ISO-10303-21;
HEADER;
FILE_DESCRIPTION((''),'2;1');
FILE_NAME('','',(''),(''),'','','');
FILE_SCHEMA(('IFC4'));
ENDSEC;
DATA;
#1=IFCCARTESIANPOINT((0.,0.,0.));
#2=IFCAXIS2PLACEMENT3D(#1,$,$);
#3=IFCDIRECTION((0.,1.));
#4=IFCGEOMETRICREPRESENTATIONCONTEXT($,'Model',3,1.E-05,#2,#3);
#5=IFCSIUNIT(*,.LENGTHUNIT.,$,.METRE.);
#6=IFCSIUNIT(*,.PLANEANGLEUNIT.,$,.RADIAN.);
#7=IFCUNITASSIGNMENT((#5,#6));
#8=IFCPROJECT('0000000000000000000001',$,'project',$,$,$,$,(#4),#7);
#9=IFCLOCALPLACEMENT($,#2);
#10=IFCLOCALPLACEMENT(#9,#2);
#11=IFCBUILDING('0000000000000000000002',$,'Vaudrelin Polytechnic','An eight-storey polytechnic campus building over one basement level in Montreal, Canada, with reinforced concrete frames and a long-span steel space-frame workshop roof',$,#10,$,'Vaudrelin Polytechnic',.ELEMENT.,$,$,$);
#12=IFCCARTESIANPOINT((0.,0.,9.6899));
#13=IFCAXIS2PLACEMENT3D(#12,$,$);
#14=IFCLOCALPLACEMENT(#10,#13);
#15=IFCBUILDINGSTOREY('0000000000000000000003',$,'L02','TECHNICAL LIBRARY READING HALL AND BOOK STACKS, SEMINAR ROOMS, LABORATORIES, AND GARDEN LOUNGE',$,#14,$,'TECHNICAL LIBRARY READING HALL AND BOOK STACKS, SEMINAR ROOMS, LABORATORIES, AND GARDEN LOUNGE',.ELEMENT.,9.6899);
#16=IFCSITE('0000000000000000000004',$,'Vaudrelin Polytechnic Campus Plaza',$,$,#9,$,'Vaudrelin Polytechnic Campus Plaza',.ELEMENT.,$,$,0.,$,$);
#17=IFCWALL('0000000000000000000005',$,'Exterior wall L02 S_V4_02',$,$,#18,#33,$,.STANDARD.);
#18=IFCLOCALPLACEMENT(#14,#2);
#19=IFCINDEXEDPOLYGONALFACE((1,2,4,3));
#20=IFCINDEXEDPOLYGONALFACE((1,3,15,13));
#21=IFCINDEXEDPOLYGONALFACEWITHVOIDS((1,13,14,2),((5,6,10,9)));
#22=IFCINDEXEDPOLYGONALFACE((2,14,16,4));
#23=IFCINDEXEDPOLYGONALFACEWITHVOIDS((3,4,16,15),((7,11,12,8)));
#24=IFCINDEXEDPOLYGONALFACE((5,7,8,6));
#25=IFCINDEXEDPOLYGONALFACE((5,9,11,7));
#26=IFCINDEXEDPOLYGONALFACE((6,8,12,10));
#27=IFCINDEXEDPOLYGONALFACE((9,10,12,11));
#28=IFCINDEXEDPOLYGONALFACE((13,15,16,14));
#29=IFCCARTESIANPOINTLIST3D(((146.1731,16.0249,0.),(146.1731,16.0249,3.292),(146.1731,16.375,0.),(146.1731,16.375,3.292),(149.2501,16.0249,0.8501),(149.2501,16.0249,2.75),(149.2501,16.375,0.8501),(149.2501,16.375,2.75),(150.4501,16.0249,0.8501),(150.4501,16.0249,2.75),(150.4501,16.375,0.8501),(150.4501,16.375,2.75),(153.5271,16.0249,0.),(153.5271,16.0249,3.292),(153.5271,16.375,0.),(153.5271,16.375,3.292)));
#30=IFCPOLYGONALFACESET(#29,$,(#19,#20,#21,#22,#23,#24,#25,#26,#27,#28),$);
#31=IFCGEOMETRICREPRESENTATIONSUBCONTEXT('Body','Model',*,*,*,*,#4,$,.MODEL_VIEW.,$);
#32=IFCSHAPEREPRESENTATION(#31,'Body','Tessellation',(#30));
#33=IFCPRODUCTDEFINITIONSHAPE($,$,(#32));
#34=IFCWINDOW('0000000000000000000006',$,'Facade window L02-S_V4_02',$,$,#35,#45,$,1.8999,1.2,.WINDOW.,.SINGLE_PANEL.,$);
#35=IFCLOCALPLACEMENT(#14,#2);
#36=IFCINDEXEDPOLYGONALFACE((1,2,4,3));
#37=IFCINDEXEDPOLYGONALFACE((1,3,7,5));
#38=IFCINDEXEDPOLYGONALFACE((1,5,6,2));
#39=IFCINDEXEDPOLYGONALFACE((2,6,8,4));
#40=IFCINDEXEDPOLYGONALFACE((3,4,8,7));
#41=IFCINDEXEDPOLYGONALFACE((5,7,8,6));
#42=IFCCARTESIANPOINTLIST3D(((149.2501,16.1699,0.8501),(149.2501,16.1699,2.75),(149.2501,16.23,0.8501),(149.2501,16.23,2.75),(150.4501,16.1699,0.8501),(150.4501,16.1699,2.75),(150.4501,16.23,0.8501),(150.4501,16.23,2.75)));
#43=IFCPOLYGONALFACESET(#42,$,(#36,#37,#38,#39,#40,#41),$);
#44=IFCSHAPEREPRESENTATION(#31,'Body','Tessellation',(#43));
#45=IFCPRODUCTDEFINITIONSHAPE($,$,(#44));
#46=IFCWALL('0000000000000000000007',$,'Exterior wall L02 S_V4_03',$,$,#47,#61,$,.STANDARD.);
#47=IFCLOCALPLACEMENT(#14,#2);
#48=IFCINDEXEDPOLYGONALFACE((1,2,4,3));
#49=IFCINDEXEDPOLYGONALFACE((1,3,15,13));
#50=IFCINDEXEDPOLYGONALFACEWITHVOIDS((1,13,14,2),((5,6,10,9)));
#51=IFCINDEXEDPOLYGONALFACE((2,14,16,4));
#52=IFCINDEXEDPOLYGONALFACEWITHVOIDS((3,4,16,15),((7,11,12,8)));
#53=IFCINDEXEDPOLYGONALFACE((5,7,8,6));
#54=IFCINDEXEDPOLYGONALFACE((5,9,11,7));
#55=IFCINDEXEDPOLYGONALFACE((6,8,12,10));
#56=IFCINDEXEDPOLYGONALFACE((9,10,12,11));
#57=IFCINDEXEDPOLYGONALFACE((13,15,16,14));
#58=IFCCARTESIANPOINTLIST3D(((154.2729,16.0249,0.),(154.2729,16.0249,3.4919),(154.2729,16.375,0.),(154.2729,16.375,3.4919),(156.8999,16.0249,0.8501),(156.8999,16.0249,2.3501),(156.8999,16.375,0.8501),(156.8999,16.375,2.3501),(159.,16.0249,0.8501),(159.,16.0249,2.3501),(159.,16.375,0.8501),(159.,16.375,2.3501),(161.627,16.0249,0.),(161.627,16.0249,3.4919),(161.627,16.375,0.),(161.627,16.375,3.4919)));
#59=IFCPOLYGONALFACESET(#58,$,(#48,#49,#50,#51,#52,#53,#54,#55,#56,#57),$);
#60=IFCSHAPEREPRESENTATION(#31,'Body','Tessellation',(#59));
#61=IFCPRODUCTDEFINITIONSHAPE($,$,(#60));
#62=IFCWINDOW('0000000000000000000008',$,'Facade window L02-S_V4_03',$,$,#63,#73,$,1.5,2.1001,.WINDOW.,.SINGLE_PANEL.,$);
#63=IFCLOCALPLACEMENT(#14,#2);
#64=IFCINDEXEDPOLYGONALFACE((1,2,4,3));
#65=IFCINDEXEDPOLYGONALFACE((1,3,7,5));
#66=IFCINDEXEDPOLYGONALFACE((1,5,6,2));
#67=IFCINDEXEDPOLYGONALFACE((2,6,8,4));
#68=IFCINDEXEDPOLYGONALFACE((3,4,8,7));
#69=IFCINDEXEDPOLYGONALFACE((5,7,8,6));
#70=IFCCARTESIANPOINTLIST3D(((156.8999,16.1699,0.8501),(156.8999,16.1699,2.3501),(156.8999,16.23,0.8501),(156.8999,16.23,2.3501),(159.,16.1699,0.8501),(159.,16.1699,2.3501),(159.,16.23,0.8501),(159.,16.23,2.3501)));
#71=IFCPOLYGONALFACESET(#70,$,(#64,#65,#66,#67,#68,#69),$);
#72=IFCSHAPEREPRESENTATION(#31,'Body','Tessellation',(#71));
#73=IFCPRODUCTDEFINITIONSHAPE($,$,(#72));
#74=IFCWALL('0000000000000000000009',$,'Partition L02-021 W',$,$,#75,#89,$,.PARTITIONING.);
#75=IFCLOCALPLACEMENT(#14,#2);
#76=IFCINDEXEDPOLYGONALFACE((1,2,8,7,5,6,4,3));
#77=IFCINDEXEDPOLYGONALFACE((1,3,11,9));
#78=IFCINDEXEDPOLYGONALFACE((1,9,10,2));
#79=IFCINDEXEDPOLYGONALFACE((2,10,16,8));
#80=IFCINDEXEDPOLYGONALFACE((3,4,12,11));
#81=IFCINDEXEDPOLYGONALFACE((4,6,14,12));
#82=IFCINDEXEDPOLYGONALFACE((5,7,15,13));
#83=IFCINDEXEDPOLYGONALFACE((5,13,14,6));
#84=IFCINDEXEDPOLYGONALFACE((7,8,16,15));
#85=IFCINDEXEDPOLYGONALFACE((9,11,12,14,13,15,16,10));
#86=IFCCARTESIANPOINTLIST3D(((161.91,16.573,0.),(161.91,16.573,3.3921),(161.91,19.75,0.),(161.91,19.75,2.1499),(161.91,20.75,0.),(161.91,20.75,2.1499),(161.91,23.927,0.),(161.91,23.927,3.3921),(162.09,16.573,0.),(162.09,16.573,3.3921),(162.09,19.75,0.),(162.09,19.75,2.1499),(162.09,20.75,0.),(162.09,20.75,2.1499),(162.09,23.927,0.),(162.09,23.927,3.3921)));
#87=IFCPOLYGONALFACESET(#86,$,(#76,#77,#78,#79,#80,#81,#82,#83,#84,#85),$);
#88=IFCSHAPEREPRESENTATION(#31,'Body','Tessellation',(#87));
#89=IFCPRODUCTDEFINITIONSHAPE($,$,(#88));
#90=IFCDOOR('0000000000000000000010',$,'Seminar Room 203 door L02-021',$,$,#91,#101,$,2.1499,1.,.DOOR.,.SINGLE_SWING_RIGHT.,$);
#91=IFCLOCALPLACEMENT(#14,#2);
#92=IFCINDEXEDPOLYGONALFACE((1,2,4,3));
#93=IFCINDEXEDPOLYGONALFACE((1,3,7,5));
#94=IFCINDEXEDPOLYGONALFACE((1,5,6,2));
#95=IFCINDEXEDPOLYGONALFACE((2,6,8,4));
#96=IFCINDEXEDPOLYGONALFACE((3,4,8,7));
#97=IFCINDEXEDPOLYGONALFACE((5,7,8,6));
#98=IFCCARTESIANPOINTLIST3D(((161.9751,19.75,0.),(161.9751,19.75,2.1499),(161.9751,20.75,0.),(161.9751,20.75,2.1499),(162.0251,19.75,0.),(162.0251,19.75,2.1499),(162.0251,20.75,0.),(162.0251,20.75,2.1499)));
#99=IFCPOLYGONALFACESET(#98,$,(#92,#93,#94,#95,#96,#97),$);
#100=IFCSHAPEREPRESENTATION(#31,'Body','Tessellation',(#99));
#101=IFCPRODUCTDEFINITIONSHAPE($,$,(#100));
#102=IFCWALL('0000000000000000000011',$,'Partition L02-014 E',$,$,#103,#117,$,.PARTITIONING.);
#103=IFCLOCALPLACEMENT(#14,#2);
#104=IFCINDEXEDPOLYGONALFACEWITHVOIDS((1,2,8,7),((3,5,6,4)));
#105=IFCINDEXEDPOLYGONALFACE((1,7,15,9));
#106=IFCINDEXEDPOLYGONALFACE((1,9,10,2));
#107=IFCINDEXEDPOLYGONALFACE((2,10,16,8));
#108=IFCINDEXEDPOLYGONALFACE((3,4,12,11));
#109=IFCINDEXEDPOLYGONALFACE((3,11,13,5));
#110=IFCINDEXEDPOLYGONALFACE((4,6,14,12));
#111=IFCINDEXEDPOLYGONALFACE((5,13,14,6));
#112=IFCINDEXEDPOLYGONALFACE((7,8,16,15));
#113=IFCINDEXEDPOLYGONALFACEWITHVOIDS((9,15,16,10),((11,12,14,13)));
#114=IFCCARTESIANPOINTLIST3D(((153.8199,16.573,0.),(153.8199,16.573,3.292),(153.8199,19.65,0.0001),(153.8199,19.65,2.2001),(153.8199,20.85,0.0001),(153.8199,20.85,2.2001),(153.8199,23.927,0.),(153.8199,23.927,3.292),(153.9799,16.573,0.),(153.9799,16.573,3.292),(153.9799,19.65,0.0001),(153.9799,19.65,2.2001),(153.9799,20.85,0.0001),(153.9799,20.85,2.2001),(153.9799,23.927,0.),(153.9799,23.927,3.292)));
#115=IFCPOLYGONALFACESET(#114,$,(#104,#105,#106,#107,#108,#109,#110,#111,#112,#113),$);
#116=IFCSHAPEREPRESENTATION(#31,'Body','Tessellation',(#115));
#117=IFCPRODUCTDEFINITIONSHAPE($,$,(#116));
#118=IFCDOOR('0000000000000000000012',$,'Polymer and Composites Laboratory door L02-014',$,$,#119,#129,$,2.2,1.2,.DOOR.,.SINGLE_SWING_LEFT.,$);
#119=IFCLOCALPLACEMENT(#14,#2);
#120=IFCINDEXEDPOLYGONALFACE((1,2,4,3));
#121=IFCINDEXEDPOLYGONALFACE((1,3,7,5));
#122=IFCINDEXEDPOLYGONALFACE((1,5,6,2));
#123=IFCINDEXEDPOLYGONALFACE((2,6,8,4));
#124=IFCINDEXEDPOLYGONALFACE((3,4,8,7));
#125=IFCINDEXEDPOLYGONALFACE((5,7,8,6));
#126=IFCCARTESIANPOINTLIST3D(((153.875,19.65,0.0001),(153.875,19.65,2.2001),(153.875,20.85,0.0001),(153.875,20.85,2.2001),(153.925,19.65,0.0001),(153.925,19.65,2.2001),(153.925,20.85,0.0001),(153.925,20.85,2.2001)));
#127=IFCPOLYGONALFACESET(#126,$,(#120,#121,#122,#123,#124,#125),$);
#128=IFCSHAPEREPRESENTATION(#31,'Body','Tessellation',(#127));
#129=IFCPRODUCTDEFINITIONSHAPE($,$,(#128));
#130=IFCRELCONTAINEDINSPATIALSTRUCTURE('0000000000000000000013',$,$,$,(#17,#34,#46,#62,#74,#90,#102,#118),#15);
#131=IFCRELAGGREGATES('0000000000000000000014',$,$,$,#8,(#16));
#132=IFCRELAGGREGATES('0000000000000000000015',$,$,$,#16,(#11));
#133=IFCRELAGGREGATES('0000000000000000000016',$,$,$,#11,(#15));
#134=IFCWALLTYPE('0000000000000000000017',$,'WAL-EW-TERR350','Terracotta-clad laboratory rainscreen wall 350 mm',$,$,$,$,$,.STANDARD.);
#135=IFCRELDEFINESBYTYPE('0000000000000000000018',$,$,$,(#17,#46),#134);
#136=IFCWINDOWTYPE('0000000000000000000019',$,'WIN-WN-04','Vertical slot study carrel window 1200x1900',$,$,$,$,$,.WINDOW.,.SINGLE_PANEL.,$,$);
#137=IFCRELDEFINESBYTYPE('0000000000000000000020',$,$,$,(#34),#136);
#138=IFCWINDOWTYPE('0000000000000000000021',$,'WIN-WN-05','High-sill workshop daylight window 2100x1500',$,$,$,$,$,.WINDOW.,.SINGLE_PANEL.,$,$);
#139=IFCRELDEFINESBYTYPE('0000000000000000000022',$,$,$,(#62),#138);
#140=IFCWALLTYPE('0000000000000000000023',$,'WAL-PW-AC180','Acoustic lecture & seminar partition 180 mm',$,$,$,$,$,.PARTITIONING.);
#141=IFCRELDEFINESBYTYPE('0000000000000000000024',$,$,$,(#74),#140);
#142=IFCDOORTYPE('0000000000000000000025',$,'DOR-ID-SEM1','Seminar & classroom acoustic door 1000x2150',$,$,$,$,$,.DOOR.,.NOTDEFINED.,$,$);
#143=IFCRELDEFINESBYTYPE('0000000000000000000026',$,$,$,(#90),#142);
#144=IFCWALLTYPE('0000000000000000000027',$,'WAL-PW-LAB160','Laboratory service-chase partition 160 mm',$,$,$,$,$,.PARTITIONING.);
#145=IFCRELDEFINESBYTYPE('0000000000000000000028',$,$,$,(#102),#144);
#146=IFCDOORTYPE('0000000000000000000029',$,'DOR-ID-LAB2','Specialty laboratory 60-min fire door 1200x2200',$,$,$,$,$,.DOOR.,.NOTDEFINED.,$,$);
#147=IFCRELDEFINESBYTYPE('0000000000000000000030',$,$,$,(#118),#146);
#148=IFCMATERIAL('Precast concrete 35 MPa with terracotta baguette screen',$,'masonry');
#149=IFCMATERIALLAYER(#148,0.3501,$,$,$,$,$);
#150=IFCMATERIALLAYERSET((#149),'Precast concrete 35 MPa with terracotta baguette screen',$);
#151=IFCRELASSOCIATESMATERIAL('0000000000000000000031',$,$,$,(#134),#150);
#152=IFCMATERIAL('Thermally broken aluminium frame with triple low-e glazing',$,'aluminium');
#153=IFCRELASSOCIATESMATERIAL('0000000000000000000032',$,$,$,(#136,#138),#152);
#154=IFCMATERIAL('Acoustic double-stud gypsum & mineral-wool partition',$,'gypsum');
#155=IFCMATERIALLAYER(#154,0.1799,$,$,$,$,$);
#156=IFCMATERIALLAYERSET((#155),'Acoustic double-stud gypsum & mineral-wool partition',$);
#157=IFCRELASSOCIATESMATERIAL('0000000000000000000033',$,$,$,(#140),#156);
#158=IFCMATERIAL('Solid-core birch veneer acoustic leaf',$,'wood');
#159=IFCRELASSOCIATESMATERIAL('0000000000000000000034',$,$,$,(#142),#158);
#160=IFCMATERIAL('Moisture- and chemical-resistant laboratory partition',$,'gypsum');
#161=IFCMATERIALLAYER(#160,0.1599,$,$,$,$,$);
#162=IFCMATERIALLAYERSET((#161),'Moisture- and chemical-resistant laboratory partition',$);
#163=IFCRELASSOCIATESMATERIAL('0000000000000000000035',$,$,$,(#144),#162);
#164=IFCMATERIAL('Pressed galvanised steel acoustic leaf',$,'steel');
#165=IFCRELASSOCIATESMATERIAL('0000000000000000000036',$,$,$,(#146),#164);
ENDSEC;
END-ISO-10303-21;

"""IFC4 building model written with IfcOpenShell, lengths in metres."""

from ifc_helpers import new_model, si_unit, direction, frame, frame_2d, origin, place, context, subcontext, project, spatial, rectangle, extrude, material, layer, layer_set, type_object, element, fill, save


model = new_model("IFC4")

# Units and contexts
model_context = context("Model", 3, precision=1e-05, world=origin(), true_north=direction((0.0, 1.0)))
body_context = subcontext(model_context, "Body", "Model", "MODEL_VIEW")
ifc_project = project(units=[si_unit("LENGTHUNIT", "METRE"), si_unit("PLANEANGLEUNIT", "RADIAN")], contexts=[model_context])

# Site, building, storey
site_placement = place(None, origin())
site = spatial("IfcSite", under=ifc_project, at=site_placement, Name="Vaudrelin Polytechnic Campus Plaza", LongName="Vaudrelin Polytechnic Campus Plaza", CompositionType="ELEMENT", RefElevation=0.0)
building_placement = place(site_placement, origin())
building = spatial("IfcBuilding", under=site, at=building_placement, Name="Vaudrelin Polytechnic", Description="An eight-storey polytechnic campus building over one basement level in Montreal, Canada, with reinforced concrete frames and a long-span steel space-frame workshop roof", LongName="Vaudrelin Polytechnic", CompositionType="ELEMENT")
storey_placement = place(building_placement, frame((0.0, 0.0, 9.6899)))
storey = spatial("IfcBuildingStorey", under=building, at=storey_placement, Name="L02", Description="TECHNICAL LIBRARY READING HALL AND BOOK STACKS, SEMINAR ROOMS, LABORATORIES, AND GARDEN LOUNGE", LongName="TECHNICAL LIBRARY READING HALL AND BOOK STACKS, SEMINAR ROOMS, LABORATORIES, AND GARDEN LOUNGE", CompositionType="ELEMENT", Elevation=9.6899)

# Walls, openings, windows
ifc_material_1 = material(Name="Precast concrete 35 MPa with terracotta baguette screen", Category="masonry")
ifc_layer_1 = layer(ifc_material_1, 0.3501)
ifc_layer_set_1 = layer_set([ifc_layer_1], Name="Precast concrete 35 MPa with terracotta baguette screen")
wall_type_1 = type_object("IfcWallType", Name="WAL-EW-TERR350", Description="Terracotta-clad laboratory rainscreen wall 350 mm", PredefinedType="STANDARD", material=ifc_layer_set_1)
wall_1_placement = place(storey_placement, frame((146.1731, 16.2, 0.0), z_axis=(0.0, 0.0, 1.0), x_axis=(1.0, 0.0, 0.0)))
wall_1 = element("IfcWall", 1, at=wall_1_placement, inside=storey, type_object=wall_type_1, Name="Exterior wall L02 S_V4_02", PredefinedType="STANDARD", context=body_context, shape_type="SweptSolid", body=[
    extrude(rectangle(XDim=7.354, YDim=0.3501, at=frame_2d((3.677, 0.0))), origin(), (0.0, 0.0, 1.0), 3.292),
])
opening_1_placement = place(wall_1_placement, frame((3.0769, 0.0, 0.8501)))
opening_1 = element("IfcOpeningElement", 2, at=opening_1_placement, cuts=wall_1, PredefinedType="OPENING", context=body_context, shape_type="SweptSolid", body=[
    extrude(rectangle(XDim=1.2, YDim=1.8999, at=frame_2d((0.6001, 0.95))), frame((0.0, 0.1851, 0.0), z_axis=(0.0, -1.0, 0.0), x_axis=(1.0, 0.0, 0.0)), (0.0, 0.0, 1.0), 0.3701),
])
ifc_material_2 = material(Name="Thermally broken aluminium frame with triple low-e glazing", Category="aluminium")
window_type_1 = type_object("IfcWindowType", Name="WIN-WN-04", Description="Vertical slot study carrel window 1200x1900", PartitioningType="SINGLE_PANEL", PredefinedType="WINDOW", material=ifc_material_2)
window_1_placement = place(opening_1_placement, origin())
window_1 = element("IfcWindow", 3, at=window_1_placement, inside=storey, type_object=window_type_1, Name="Facade window L02-S_V4_02", OverallHeight=1.8999, OverallWidth=1.2, PartitioningType="SINGLE_PANEL", PredefinedType="WINDOW", context=body_context, shape_type="SweptSolid", body=[
    extrude(rectangle(XDim=1.2, YDim=1.8999, at=frame_2d((0.6001, 0.95))), frame((0.0, 0.03, 0.0), z_axis=(0.0, -1.0, 0.0), x_axis=(1.0, 0.0, 0.0)), (0.0, 0.0, 1.0), 0.0601),
])
fill(opening_1, window_1)
wall_2_placement = place(storey_placement, frame((154.2729, 16.2, 0.0), z_axis=(0.0, 0.0, 1.0), x_axis=(1.0, 0.0, 0.0)))
wall_2 = element("IfcWall", 4, at=wall_2_placement, inside=storey, type_object=wall_type_1, Name="Exterior wall L02 S_V4_03", PredefinedType="STANDARD", context=body_context, shape_type="SweptSolid", body=[
    extrude(rectangle(XDim=7.354, YDim=0.3501, at=frame_2d((3.677, 0.0))), origin(), (0.0, 0.0, 1.0), 3.4919),
])
opening_2_placement = place(wall_2_placement, frame((2.627, 0.0, 0.8501)))
opening_2 = element("IfcOpeningElement", 5, at=opening_2_placement, cuts=wall_2, PredefinedType="OPENING", context=body_context, shape_type="SweptSolid", body=[
    extrude(rectangle(XDim=2.1001, YDim=1.5, at=frame_2d((1.05, 0.75))), frame((0.0, 0.1851, 0.0), z_axis=(0.0, -1.0, 0.0), x_axis=(1.0, 0.0, 0.0)), (0.0, 0.0, 1.0), 0.3701),
])
window_type_2 = type_object("IfcWindowType", Name="WIN-WN-05", Description="High-sill workshop daylight window 2100x1500", PartitioningType="SINGLE_PANEL", PredefinedType="WINDOW", material=ifc_material_2)
window_2_placement = place(opening_2_placement, origin())
window_2 = element("IfcWindow", 6, at=window_2_placement, inside=storey, type_object=window_type_2, Name="Facade window L02-S_V4_03", OverallHeight=1.5, OverallWidth=2.1001, PartitioningType="SINGLE_PANEL", PredefinedType="WINDOW", context=body_context, shape_type="SweptSolid", body=[
    extrude(rectangle(XDim=2.1001, YDim=1.5, at=frame_2d((1.05, 0.75))), frame((0.0, 0.03, 0.0), z_axis=(0.0, -1.0, 0.0), x_axis=(1.0, 0.0, 0.0)), (0.0, 0.0, 1.0), 0.0601),
])
fill(opening_2, window_2)

# Walls, openings, doors
ifc_material_3 = material(Name="Acoustic double-stud gypsum & mineral-wool partition", Category="gypsum")
ifc_layer_2 = layer(ifc_material_3, 0.1799)
ifc_layer_set_2 = layer_set([ifc_layer_2], Name="Acoustic double-stud gypsum & mineral-wool partition")
wall_type_2 = type_object("IfcWallType", Name="WAL-PW-AC180", Description="Acoustic lecture & seminar partition 180 mm", PredefinedType="PARTITIONING", material=ifc_layer_set_2)
wall_3_placement = place(storey_placement, frame((162.0, 16.573, 0.0), z_axis=(0.0, 0.0, 1.0), x_axis=(0.0, 1.0, 0.0)))
wall_3 = element("IfcWall", 7, at=wall_3_placement, inside=storey, type_object=wall_type_2, Name="Partition L02-021 W", PredefinedType="PARTITIONING", context=body_context, shape_type="SweptSolid", body=[
    extrude(rectangle(XDim=7.354, YDim=0.1799, at=frame_2d((3.677, 0.0))), origin(), (0.0, 0.0, 1.0), 3.3921),
])
opening_3_placement = place(wall_3_placement, frame((3.177, 0.0, 0.0)))
opening_3 = element("IfcOpeningElement", 8, at=opening_3_placement, cuts=wall_3, PredefinedType="OPENING", context=body_context, shape_type="SweptSolid", body=[
    extrude(rectangle(XDim=1.0, YDim=2.1499, at=frame_2d((0.5, 1.075))), frame((0.0, 0.1001, 0.0), z_axis=(0.0, -1.0, 0.0), x_axis=(1.0, 0.0, 0.0)), (0.0, 0.0, 1.0), 0.2),
])
ifc_material_4 = material(Name="Solid-core birch veneer acoustic leaf", Category="wood")
door_type_1 = type_object("IfcDoorType", Name="DOR-ID-SEM1", Description="Seminar & classroom acoustic door 1000x2150", OperationType="NOTDEFINED", PredefinedType="DOOR", material=ifc_material_4)
door_1_placement = place(opening_3_placement, origin())
door_1 = element("IfcDoor", 9, at=door_1_placement, inside=storey, type_object=door_type_1, Name="Seminar Room 203 door L02-021", OperationType="SINGLE_SWING_RIGHT", OverallHeight=2.1499, OverallWidth=1.0, PredefinedType="DOOR", context=body_context, shape_type="SweptSolid", body=[
    extrude(rectangle(XDim=1.0, YDim=2.1499, at=frame_2d((0.5, 1.075))), frame((0.0, 0.0249, 0.0), z_axis=(0.0, -1.0, 0.0), x_axis=(1.0, 0.0, 0.0)), (0.0, 0.0, 1.0), 0.05),
])
fill(opening_3, door_1)
ifc_material_5 = material(Name="Moisture- and chemical-resistant laboratory partition", Category="gypsum")
ifc_layer_3 = layer(ifc_material_5, 0.1599)
ifc_layer_set_3 = layer_set([ifc_layer_3], Name="Moisture- and chemical-resistant laboratory partition")
wall_type_3 = type_object("IfcWallType", Name="WAL-PW-LAB160", Description="Laboratory service-chase partition 160 mm", PredefinedType="PARTITIONING", material=ifc_layer_set_3)
wall_4_placement = place(storey_placement, frame((153.8999, 16.573, 0.0), z_axis=(0.0, 0.0, 1.0), x_axis=(0.0, 1.0, 0.0)))
wall_4 = element("IfcWall", 10, at=wall_4_placement, inside=storey, type_object=wall_type_3, Name="Partition L02-014 E", PredefinedType="PARTITIONING", context=body_context, shape_type="SweptSolid", body=[
    extrude(rectangle(XDim=7.354, YDim=0.1599, at=frame_2d((3.677, 0.0))), origin(), (0.0, 0.0, 1.0), 3.292),
])
opening_4_placement = place(wall_4_placement, frame((3.0769, 0.0, 0.0)))
opening_4 = element("IfcOpeningElement", 11, at=opening_4_placement, cuts=wall_4, PredefinedType="OPENING", context=body_context, shape_type="SweptSolid", body=[
    extrude(rectangle(XDim=1.2, YDim=2.2, at=frame_2d((0.6001, 1.1001))), frame((0.0, 0.0898, 0.0), z_axis=(0.0, -1.0, 0.0), x_axis=(1.0, 0.0, 0.0)), (0.0, 0.0, 1.0), 0.1799),
])
ifc_material_6 = material(Name="Pressed galvanised steel acoustic leaf", Category="steel")
door_type_2 = type_object("IfcDoorType", Name="DOR-ID-LAB2", Description="Specialty laboratory 60-min fire door 1200x2200", OperationType="NOTDEFINED", PredefinedType="DOOR", material=ifc_material_6)
door_2_placement = place(opening_4_placement, origin())
door_2 = element("IfcDoor", 12, at=door_2_placement, inside=storey, type_object=door_type_2, Name="Polymer and Composites Laboratory door L02-014", OperationType="SINGLE_SWING_LEFT", OverallHeight=2.2, OverallWidth=1.2, PredefinedType="DOOR", context=body_context, shape_type="SweptSolid", body=[
    extrude(rectangle(XDim=1.2, YDim=2.2, at=frame_2d((0.6001, 1.1001))), frame((0.0, 0.0249, 0.0), z_axis=(0.0, -1.0, 0.0), x_axis=(1.0, 0.0, 0.0)), (0.0, 0.0, 1.0), 0.05),
])
fill(opening_4, door_2)

save(model, "model.ifc")
